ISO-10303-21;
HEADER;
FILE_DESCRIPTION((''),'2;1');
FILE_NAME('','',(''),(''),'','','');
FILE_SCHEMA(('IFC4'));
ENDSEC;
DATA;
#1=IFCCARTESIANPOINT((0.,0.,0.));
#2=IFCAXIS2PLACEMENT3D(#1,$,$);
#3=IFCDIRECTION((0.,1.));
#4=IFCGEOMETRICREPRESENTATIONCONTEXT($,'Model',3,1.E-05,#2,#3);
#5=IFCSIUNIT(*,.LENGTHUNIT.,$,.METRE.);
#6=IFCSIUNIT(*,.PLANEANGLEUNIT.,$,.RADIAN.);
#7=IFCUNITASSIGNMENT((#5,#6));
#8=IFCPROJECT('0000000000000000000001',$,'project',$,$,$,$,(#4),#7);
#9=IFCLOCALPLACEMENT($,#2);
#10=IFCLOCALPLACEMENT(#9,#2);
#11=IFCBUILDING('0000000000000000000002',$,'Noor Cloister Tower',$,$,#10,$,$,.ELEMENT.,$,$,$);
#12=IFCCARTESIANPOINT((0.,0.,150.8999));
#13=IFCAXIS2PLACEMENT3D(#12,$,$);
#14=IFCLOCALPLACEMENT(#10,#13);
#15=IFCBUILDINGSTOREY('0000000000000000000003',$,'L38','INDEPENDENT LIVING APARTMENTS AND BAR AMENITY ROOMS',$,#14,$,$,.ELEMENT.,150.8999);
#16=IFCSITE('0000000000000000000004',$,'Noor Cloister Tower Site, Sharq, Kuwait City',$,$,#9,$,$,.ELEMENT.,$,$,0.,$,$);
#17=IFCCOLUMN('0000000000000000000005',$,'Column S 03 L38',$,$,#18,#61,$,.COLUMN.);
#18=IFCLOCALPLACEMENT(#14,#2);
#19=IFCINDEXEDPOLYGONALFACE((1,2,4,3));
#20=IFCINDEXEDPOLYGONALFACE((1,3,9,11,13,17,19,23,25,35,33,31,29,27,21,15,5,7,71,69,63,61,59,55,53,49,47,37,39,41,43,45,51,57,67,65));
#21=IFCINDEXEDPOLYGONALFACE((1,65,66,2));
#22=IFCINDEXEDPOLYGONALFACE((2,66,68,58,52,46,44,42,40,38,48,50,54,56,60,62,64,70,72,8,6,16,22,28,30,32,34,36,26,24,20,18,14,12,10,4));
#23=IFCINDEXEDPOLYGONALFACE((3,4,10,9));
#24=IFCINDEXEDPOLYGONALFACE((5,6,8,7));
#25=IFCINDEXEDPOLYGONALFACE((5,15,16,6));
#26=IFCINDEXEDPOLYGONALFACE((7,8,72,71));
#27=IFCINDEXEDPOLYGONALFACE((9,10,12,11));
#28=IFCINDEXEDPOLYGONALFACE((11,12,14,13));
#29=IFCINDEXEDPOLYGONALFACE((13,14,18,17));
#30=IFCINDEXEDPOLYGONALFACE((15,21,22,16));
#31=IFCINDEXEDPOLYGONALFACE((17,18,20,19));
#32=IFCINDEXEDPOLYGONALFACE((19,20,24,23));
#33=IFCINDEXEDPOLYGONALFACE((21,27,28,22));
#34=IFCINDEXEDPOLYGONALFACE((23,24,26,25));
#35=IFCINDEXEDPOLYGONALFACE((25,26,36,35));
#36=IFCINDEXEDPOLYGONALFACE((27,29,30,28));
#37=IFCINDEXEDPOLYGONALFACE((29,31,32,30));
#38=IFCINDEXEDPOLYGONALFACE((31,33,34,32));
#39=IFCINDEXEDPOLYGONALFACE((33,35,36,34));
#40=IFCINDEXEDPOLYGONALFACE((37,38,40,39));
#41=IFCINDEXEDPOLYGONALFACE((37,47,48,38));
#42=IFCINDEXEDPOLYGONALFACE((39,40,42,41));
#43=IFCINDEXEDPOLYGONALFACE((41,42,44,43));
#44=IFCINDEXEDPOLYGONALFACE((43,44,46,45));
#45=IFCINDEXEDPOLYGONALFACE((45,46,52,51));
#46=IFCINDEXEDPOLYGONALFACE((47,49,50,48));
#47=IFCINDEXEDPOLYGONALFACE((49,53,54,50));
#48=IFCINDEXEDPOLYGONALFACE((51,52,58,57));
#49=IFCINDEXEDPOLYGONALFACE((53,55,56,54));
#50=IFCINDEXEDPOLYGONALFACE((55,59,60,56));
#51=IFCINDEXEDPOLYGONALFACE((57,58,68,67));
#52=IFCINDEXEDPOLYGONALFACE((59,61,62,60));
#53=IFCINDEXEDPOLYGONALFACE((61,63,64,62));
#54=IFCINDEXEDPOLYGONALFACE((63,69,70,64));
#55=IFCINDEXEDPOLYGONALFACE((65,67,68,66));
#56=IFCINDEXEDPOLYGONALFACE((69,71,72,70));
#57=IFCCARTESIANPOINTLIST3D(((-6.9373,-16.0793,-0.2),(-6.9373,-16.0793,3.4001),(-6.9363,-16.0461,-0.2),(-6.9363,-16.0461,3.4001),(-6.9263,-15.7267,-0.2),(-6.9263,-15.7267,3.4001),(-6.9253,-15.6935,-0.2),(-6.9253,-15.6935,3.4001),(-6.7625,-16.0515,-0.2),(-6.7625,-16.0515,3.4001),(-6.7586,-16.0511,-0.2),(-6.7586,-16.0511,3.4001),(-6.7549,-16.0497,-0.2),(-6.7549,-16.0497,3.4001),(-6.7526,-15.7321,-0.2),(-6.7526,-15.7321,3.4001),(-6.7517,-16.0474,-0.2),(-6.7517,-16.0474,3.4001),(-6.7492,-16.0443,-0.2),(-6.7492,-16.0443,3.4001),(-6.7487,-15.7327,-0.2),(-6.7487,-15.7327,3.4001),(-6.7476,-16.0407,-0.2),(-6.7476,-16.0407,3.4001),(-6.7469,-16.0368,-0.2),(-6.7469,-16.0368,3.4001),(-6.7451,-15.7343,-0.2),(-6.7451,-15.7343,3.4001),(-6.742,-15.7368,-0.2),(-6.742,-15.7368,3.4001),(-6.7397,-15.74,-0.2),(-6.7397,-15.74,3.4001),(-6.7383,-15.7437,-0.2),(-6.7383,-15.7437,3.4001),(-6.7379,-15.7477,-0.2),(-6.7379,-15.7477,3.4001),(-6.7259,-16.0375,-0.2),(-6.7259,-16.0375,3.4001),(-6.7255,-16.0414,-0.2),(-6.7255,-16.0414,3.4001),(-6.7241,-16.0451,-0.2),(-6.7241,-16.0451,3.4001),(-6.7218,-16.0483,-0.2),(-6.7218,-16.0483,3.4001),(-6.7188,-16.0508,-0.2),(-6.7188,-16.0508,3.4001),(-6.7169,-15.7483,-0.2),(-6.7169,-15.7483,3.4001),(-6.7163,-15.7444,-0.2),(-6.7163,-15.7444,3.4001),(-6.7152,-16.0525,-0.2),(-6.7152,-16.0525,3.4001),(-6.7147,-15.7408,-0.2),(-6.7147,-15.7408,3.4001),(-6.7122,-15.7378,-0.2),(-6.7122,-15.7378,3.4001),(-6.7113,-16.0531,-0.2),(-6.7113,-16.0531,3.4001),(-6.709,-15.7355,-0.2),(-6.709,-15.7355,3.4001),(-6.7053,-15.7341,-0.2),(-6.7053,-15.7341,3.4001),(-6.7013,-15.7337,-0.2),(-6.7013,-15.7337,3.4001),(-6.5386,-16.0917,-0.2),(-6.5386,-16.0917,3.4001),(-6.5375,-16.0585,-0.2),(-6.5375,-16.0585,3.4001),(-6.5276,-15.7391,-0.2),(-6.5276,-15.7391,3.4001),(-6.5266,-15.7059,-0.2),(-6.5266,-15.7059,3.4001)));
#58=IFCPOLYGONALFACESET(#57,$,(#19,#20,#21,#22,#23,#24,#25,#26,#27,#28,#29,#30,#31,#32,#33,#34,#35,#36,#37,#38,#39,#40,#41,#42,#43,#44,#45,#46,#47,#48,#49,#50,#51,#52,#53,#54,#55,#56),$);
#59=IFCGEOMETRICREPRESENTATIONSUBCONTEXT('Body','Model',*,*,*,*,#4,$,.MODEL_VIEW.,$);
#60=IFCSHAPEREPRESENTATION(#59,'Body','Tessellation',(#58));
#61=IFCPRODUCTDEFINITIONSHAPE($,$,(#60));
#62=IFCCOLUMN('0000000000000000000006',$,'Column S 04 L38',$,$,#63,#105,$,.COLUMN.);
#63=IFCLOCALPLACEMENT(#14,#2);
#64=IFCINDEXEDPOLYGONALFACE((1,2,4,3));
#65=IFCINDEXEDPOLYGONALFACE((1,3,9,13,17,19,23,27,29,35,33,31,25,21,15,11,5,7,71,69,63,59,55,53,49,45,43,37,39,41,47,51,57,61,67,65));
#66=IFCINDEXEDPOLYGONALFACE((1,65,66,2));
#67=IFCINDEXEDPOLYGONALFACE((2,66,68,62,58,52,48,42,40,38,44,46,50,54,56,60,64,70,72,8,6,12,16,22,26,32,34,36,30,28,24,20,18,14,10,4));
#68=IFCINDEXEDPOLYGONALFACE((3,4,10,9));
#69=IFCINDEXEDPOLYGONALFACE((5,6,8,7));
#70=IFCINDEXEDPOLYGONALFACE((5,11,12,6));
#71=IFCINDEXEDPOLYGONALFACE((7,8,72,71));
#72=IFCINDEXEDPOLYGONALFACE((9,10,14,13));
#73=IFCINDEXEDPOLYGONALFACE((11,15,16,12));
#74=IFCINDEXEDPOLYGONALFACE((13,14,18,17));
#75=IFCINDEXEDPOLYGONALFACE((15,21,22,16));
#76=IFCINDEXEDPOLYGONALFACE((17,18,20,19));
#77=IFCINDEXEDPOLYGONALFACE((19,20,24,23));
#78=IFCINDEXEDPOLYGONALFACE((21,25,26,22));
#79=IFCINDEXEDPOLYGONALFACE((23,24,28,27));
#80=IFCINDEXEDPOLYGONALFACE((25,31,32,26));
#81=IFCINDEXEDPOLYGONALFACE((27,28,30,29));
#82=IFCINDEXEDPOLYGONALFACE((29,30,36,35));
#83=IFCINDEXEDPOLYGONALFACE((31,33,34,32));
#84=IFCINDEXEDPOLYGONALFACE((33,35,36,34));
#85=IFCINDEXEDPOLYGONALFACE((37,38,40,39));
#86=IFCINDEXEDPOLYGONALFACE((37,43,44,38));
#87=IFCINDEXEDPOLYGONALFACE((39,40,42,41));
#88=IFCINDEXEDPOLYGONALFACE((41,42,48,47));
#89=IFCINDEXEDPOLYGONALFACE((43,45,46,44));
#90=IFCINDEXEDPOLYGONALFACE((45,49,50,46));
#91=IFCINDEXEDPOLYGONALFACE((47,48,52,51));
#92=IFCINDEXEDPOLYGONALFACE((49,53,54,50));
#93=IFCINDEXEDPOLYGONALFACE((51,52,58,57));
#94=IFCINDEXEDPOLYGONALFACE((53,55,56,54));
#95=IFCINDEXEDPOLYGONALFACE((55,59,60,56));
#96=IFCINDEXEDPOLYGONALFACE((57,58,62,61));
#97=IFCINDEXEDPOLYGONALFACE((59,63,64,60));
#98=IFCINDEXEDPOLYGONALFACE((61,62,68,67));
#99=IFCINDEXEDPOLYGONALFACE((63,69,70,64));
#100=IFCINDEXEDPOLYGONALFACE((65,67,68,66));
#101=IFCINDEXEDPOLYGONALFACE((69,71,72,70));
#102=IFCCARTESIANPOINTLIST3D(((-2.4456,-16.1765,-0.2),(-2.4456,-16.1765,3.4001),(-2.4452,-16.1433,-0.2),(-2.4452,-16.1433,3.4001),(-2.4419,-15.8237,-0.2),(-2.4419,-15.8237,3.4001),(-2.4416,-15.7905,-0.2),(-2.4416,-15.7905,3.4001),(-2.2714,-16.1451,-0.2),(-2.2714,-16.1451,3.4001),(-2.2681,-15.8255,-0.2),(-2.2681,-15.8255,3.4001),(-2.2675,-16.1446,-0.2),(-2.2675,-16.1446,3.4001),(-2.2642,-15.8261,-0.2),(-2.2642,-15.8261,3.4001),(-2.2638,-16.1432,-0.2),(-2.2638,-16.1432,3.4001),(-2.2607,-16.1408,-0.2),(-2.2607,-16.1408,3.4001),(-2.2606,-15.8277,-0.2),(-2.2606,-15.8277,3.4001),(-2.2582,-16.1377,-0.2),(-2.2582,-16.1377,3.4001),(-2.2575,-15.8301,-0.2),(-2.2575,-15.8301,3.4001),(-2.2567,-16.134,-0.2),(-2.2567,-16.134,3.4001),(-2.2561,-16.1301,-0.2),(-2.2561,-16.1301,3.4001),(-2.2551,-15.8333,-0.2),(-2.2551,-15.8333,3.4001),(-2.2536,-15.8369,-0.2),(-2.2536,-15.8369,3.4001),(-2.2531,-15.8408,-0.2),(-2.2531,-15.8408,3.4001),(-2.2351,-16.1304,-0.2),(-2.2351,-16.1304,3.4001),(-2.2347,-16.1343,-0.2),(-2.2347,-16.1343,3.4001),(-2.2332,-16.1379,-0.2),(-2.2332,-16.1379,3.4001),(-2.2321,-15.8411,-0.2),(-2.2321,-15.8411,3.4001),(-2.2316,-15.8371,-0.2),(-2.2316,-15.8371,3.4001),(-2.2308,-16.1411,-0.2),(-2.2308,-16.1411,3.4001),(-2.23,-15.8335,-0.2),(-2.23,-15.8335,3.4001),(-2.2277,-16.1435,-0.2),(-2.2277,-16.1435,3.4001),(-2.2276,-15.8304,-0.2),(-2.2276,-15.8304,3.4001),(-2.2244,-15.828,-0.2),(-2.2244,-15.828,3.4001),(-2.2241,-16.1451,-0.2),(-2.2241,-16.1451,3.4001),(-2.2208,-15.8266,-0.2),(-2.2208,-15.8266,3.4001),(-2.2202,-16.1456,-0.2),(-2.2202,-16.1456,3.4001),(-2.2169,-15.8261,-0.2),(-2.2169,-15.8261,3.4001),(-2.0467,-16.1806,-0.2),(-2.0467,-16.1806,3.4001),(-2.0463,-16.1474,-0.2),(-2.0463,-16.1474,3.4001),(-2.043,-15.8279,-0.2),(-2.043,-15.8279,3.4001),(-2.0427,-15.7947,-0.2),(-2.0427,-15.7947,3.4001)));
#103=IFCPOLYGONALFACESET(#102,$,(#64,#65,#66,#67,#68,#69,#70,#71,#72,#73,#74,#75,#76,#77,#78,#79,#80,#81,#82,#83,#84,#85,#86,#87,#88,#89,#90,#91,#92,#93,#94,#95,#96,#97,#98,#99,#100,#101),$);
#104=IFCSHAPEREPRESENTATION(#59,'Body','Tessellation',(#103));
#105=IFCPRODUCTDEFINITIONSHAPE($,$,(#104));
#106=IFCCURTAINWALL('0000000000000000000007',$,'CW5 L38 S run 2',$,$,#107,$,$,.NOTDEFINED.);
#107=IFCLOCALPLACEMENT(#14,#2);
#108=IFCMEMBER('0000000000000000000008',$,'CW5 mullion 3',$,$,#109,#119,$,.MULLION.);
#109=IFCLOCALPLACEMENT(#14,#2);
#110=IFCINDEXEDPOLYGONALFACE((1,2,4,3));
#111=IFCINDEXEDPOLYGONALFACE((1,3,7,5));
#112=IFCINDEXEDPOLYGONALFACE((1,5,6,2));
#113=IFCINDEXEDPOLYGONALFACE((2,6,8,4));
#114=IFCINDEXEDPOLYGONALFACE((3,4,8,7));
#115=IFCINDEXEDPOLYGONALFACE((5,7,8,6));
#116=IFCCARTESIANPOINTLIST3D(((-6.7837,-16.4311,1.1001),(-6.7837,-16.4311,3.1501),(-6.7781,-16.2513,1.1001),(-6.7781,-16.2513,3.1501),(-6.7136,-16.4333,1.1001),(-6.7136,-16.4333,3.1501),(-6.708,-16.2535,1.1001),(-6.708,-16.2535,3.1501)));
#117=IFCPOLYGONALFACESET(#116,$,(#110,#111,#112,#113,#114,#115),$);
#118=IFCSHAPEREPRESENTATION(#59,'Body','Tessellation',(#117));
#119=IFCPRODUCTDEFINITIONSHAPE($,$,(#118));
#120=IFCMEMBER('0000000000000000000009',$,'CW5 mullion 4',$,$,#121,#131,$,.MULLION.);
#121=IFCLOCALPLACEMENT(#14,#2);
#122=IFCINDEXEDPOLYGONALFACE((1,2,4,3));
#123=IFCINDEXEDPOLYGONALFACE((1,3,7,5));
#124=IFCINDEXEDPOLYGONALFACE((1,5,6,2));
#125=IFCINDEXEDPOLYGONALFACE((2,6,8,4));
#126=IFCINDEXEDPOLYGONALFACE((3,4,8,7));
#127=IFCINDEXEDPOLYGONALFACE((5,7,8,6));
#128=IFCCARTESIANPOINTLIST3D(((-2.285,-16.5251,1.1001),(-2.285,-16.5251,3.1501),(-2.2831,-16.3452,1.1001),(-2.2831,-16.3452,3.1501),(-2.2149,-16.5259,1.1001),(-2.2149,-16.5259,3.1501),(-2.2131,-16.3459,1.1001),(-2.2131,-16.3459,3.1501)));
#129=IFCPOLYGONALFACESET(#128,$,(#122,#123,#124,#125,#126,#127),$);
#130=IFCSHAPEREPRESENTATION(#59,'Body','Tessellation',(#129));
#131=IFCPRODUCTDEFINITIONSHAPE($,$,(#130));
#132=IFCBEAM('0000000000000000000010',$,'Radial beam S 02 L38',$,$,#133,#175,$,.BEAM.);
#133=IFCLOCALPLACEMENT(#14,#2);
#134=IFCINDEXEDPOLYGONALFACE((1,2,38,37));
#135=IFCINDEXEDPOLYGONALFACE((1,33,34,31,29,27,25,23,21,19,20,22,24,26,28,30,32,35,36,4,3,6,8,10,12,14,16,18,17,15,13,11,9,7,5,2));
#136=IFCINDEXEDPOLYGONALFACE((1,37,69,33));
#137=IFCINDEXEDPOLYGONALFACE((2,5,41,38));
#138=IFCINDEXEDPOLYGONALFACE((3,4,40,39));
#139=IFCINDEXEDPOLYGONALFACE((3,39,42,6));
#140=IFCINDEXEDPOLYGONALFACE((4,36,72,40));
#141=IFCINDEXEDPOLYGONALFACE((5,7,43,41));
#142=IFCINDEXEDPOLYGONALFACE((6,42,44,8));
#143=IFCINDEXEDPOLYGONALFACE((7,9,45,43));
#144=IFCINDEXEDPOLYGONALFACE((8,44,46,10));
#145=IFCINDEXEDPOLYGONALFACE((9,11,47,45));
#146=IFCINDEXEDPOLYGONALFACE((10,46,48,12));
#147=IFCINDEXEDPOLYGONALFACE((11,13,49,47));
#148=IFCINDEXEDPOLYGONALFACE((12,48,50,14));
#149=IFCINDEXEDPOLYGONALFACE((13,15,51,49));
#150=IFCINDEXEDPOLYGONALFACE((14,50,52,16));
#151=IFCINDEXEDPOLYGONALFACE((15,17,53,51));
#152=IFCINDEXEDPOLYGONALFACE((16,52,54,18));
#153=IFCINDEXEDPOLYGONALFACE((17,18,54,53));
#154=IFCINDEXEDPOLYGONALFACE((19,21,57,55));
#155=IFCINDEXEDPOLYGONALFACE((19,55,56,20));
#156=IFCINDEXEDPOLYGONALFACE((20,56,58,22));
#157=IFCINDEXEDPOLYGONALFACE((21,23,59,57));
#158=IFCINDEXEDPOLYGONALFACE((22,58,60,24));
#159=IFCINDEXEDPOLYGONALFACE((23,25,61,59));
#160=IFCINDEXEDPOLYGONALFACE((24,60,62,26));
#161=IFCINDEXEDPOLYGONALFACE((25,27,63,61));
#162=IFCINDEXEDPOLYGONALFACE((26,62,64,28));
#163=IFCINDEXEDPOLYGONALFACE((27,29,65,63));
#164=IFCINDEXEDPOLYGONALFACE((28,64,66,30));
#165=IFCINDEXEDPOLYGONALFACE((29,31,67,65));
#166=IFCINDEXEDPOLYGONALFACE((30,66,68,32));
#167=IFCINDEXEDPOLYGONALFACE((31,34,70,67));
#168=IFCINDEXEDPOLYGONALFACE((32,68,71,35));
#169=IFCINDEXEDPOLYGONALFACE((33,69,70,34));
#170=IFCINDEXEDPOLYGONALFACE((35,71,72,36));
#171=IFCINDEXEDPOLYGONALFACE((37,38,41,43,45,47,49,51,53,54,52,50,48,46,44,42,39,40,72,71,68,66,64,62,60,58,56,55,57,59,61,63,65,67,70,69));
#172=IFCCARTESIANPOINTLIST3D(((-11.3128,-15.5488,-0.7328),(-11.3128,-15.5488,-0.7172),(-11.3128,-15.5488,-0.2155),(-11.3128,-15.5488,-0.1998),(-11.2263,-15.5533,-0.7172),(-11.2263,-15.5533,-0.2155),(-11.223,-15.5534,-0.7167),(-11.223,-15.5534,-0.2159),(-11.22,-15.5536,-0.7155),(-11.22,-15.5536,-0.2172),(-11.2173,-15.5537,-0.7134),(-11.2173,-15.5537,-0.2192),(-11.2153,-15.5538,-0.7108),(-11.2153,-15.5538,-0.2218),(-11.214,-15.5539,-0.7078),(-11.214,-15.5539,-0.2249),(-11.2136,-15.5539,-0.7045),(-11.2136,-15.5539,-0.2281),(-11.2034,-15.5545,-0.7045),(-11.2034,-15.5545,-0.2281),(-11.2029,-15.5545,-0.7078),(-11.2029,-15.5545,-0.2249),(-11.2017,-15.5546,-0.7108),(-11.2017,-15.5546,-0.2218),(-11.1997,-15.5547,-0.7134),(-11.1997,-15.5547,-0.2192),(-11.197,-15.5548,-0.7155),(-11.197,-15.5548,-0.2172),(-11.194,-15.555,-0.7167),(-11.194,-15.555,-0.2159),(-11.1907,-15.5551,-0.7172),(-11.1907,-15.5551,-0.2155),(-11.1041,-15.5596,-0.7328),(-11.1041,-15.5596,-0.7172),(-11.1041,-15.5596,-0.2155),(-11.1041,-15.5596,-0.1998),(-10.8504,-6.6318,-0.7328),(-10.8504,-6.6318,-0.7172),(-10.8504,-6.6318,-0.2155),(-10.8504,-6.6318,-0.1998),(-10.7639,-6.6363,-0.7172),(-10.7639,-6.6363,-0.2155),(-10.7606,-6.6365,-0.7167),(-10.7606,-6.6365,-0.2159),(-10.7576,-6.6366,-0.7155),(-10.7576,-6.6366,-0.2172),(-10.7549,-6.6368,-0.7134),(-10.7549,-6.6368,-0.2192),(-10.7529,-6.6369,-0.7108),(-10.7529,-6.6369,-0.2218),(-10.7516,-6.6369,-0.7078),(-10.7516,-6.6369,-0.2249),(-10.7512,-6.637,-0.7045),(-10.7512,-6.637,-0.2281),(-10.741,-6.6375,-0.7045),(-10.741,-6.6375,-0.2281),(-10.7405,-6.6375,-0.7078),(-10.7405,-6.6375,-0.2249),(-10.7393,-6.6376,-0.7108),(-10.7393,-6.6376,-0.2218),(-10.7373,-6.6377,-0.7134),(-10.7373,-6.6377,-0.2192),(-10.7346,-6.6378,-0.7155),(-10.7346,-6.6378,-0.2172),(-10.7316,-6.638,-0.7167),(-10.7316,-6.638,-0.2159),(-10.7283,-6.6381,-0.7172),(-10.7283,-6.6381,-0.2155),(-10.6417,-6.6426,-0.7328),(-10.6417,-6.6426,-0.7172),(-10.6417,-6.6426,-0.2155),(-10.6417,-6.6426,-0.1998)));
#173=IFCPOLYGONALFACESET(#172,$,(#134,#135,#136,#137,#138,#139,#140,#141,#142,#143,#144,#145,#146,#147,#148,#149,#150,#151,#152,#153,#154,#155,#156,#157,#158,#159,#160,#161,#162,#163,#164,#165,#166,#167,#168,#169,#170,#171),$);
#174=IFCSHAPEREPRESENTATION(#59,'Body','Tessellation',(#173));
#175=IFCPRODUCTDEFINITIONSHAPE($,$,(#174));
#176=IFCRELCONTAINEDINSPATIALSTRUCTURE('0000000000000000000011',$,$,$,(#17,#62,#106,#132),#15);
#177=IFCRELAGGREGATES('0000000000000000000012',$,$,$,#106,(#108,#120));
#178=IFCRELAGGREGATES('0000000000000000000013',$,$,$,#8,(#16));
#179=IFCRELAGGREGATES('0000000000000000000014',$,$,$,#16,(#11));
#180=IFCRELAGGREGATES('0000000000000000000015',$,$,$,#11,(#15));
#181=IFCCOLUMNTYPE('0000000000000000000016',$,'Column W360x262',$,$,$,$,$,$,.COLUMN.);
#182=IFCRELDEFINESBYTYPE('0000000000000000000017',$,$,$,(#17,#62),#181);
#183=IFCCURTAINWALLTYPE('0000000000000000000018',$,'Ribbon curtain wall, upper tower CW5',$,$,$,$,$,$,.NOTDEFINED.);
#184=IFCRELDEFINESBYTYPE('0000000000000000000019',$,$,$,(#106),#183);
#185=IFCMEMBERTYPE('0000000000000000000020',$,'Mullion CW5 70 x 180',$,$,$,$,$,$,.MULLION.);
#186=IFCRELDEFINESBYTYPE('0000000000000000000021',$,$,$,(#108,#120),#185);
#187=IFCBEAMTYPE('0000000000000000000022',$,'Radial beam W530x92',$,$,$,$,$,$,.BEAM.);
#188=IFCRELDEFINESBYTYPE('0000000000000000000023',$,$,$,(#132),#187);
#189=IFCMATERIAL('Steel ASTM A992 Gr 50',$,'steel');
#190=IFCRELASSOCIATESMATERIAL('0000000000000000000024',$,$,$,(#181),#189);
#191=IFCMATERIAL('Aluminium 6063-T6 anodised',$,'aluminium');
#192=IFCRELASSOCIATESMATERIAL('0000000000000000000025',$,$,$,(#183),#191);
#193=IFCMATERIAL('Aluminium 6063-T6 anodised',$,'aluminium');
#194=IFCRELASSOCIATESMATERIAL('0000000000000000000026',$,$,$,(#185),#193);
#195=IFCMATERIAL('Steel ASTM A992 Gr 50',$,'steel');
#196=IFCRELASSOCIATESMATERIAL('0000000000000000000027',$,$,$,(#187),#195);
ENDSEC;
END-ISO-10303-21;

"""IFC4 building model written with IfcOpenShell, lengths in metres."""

from ifc_helpers import new_model, si_unit, direction, frame, origin, origin_2d, place, context, subcontext, project, spatial, rectangle, i_section, extrude, material, material_profile, profile_set, type_object, element, aggregate, save


model = new_model("IFC4")

# Units and contexts
model_context = context("Model", 3, precision=1e-05, world=origin(), true_north=direction((0.0, 1.0)))
body_context = subcontext(model_context, "Body", "Model", "MODEL_VIEW")
ifc_project = project(units=[si_unit("LENGTHUNIT", "METRE"), si_unit("PLANEANGLEUNIT", "RADIAN")], contexts=[model_context])

# Site, building, storey
site_placement = place(None, origin())
site = spatial("IfcSite", under=ifc_project, at=site_placement, Name="Noor Cloister Tower Site, Sharq, Kuwait City", CompositionType="ELEMENT", RefElevation=0.0)
building_placement = place(site_placement, origin())
building = spatial("IfcBuilding", under=site, at=building_placement, Name="Noor Cloister Tower", CompositionType="ELEMENT")
storey_placement = place(building_placement, frame((0.0, 0.0, 150.8999)))
storey = spatial("IfcBuildingStorey", under=building, at=storey_placement, Name="L38", Description="INDEPENDENT LIVING APARTMENTS AND BAR AMENITY ROOMS", CompositionType="ELEMENT", Elevation=150.8999)

# Columns
ifc_material_1 = material(Name="Steel ASTM A992 Gr 50", Category="steel")
ifc_material_profile_1 = material_profile(ifc_material_1, i_section(OverallWidth=0.3989, OverallDepth=0.386, WebThickness=0.021, FlangeThickness=0.0332, FilletRadius=0.0151, at=origin_2d()), Name="W360x262")
ifc_profile_set_1 = profile_set([ifc_material_profile_1], Name="Steel ASTM A992 Gr 50")
column_type = type_object("IfcColumnType", Name="Column W360x262", PredefinedType="COLUMN", material=ifc_profile_set_1)
for number, where, z_axis, x_axis, name in (
    (1, (-6.7319, -15.8926, -0.2), (0.0, 0.0, 1.0), (0.999517, -0.031088, 0.0), "Column S 03 L38"),
    (2, (-2.2441, -15.9856, -0.2), (0.0, 0.0, 1.0), (0.999946, -0.010364, 0.0), "Column S 04 L38"),
):
    element("IfcColumn", number, at=place(storey_placement, frame(where, z_axis=z_axis, x_axis=x_axis)), inside=storey, type_object=column_type, Name=name, PredefinedType="COLUMN", context=body_context, shape_type="SweptSolid", body=[
        extrude(i_section(OverallWidth=0.3989, OverallDepth=0.386, WebThickness=0.021, FlangeThickness=0.0332, FilletRadius=0.0151, at=origin_2d()), origin(), (0.0, 0.0, 1.0), 3.6001),
    ])

# Curtain wall, members
ifc_material_2 = material(Name="Aluminium 6063-T6 anodised", Category="aluminium")
curtain_wall_type = type_object("IfcCurtainWallType", Name="Ribbon curtain wall, upper tower CW5", PredefinedType="NOTDEFINED", material=ifc_material_2)
curtain_wall_placement = place(storey_placement, origin())
curtain_wall = element("IfcCurtainWall", 3, at=curtain_wall_placement, inside=storey, type_object=curtain_wall_type, Name="CW5 L38 S run 2", PredefinedType="NOTDEFINED")
ifc_material_3 = material(Name="Aluminium 6063-T6 anodised", Category="aluminium")
ifc_material_profile_2 = material_profile(ifc_material_3, rectangle(XDim=0.1799, YDim=0.0701, at=origin_2d()), Name="180 x 70 mullion")
ifc_profile_set_2 = profile_set([ifc_material_profile_2], Name="Aluminium 6063-T6 anodised")
member_type = type_object("IfcMemberType", Name="Mullion CW5 70 x 180", PredefinedType="MULLION", material=ifc_profile_set_2)
member_1_placement = place(storey_placement, frame((-6.7458, -16.3423, 1.1001), z_axis=(0.0, 0.0, 1.0), x_axis=(0.031088, 0.999517, 0.0)))
member_1 = element("IfcMember", 4, at=member_1_placement, type_object=member_type, Name="CW5 mullion 3", PredefinedType="MULLION", context=body_context, shape_type="SweptSolid", body=[
    extrude(rectangle(XDim=0.1799, YDim=0.0701, at=origin_2d()), origin(), (0.0, 0.0, 1.0), 2.05),
])
member_2_placement = place(storey_placement, frame((-2.249, -16.4355, 1.1001), z_axis=(0.0, 0.0, 1.0), x_axis=(0.010364, 0.999946, 0.0)))
member_2 = element("IfcMember", 5, at=member_2_placement, type_object=member_type, Name="CW5 mullion 4", PredefinedType="MULLION", context=body_context, shape_type="SweptSolid", body=[
    extrude(rectangle(XDim=0.1799, YDim=0.0701, at=origin_2d()), origin(), (0.0, 0.0, 1.0), 2.05),
])

# Beam
ifc_material_4 = material(Name="Steel ASTM A992 Gr 50", Category="steel")
ifc_material_profile_3 = material_profile(ifc_material_4, i_section(OverallWidth=0.209, OverallDepth=0.533, WebThickness=0.0103, FlangeThickness=0.0156, FilletRadius=0.0127, at=origin_2d()), Name="W530x92")
ifc_profile_set_3 = profile_set([ifc_material_profile_3], Name="Steel ASTM A992 Gr 50")
beam_type_1 = type_object("IfcBeamType", Name="Radial beam W530x92", PredefinedType="BEAM", material=ifc_profile_set_3)
beam_1_placement = place(storey_placement, frame((-11.2085, -15.5542, -0.4663), z_axis=(0.051787, 0.998658, 0.0), x_axis=(-0.998658, 0.051787, 0.0)))
element("IfcBeam", 6, at=beam_1_placement, inside=storey, type_object=beam_type_1, Name="Radial beam S 02 L38", PredefinedType="BEAM", context=body_context, shape_type="SweptSolid", body=[
    extrude(i_section(OverallWidth=0.209, OverallDepth=0.533, WebThickness=0.0103, FlangeThickness=0.0156, FilletRadius=0.0127, at=origin_2d()), origin(), (0.0, 0.0, 1.0), 8.929),
])

aggregate(curtain_wall, [member_1, member_2])

save(model, "model.ifc")
